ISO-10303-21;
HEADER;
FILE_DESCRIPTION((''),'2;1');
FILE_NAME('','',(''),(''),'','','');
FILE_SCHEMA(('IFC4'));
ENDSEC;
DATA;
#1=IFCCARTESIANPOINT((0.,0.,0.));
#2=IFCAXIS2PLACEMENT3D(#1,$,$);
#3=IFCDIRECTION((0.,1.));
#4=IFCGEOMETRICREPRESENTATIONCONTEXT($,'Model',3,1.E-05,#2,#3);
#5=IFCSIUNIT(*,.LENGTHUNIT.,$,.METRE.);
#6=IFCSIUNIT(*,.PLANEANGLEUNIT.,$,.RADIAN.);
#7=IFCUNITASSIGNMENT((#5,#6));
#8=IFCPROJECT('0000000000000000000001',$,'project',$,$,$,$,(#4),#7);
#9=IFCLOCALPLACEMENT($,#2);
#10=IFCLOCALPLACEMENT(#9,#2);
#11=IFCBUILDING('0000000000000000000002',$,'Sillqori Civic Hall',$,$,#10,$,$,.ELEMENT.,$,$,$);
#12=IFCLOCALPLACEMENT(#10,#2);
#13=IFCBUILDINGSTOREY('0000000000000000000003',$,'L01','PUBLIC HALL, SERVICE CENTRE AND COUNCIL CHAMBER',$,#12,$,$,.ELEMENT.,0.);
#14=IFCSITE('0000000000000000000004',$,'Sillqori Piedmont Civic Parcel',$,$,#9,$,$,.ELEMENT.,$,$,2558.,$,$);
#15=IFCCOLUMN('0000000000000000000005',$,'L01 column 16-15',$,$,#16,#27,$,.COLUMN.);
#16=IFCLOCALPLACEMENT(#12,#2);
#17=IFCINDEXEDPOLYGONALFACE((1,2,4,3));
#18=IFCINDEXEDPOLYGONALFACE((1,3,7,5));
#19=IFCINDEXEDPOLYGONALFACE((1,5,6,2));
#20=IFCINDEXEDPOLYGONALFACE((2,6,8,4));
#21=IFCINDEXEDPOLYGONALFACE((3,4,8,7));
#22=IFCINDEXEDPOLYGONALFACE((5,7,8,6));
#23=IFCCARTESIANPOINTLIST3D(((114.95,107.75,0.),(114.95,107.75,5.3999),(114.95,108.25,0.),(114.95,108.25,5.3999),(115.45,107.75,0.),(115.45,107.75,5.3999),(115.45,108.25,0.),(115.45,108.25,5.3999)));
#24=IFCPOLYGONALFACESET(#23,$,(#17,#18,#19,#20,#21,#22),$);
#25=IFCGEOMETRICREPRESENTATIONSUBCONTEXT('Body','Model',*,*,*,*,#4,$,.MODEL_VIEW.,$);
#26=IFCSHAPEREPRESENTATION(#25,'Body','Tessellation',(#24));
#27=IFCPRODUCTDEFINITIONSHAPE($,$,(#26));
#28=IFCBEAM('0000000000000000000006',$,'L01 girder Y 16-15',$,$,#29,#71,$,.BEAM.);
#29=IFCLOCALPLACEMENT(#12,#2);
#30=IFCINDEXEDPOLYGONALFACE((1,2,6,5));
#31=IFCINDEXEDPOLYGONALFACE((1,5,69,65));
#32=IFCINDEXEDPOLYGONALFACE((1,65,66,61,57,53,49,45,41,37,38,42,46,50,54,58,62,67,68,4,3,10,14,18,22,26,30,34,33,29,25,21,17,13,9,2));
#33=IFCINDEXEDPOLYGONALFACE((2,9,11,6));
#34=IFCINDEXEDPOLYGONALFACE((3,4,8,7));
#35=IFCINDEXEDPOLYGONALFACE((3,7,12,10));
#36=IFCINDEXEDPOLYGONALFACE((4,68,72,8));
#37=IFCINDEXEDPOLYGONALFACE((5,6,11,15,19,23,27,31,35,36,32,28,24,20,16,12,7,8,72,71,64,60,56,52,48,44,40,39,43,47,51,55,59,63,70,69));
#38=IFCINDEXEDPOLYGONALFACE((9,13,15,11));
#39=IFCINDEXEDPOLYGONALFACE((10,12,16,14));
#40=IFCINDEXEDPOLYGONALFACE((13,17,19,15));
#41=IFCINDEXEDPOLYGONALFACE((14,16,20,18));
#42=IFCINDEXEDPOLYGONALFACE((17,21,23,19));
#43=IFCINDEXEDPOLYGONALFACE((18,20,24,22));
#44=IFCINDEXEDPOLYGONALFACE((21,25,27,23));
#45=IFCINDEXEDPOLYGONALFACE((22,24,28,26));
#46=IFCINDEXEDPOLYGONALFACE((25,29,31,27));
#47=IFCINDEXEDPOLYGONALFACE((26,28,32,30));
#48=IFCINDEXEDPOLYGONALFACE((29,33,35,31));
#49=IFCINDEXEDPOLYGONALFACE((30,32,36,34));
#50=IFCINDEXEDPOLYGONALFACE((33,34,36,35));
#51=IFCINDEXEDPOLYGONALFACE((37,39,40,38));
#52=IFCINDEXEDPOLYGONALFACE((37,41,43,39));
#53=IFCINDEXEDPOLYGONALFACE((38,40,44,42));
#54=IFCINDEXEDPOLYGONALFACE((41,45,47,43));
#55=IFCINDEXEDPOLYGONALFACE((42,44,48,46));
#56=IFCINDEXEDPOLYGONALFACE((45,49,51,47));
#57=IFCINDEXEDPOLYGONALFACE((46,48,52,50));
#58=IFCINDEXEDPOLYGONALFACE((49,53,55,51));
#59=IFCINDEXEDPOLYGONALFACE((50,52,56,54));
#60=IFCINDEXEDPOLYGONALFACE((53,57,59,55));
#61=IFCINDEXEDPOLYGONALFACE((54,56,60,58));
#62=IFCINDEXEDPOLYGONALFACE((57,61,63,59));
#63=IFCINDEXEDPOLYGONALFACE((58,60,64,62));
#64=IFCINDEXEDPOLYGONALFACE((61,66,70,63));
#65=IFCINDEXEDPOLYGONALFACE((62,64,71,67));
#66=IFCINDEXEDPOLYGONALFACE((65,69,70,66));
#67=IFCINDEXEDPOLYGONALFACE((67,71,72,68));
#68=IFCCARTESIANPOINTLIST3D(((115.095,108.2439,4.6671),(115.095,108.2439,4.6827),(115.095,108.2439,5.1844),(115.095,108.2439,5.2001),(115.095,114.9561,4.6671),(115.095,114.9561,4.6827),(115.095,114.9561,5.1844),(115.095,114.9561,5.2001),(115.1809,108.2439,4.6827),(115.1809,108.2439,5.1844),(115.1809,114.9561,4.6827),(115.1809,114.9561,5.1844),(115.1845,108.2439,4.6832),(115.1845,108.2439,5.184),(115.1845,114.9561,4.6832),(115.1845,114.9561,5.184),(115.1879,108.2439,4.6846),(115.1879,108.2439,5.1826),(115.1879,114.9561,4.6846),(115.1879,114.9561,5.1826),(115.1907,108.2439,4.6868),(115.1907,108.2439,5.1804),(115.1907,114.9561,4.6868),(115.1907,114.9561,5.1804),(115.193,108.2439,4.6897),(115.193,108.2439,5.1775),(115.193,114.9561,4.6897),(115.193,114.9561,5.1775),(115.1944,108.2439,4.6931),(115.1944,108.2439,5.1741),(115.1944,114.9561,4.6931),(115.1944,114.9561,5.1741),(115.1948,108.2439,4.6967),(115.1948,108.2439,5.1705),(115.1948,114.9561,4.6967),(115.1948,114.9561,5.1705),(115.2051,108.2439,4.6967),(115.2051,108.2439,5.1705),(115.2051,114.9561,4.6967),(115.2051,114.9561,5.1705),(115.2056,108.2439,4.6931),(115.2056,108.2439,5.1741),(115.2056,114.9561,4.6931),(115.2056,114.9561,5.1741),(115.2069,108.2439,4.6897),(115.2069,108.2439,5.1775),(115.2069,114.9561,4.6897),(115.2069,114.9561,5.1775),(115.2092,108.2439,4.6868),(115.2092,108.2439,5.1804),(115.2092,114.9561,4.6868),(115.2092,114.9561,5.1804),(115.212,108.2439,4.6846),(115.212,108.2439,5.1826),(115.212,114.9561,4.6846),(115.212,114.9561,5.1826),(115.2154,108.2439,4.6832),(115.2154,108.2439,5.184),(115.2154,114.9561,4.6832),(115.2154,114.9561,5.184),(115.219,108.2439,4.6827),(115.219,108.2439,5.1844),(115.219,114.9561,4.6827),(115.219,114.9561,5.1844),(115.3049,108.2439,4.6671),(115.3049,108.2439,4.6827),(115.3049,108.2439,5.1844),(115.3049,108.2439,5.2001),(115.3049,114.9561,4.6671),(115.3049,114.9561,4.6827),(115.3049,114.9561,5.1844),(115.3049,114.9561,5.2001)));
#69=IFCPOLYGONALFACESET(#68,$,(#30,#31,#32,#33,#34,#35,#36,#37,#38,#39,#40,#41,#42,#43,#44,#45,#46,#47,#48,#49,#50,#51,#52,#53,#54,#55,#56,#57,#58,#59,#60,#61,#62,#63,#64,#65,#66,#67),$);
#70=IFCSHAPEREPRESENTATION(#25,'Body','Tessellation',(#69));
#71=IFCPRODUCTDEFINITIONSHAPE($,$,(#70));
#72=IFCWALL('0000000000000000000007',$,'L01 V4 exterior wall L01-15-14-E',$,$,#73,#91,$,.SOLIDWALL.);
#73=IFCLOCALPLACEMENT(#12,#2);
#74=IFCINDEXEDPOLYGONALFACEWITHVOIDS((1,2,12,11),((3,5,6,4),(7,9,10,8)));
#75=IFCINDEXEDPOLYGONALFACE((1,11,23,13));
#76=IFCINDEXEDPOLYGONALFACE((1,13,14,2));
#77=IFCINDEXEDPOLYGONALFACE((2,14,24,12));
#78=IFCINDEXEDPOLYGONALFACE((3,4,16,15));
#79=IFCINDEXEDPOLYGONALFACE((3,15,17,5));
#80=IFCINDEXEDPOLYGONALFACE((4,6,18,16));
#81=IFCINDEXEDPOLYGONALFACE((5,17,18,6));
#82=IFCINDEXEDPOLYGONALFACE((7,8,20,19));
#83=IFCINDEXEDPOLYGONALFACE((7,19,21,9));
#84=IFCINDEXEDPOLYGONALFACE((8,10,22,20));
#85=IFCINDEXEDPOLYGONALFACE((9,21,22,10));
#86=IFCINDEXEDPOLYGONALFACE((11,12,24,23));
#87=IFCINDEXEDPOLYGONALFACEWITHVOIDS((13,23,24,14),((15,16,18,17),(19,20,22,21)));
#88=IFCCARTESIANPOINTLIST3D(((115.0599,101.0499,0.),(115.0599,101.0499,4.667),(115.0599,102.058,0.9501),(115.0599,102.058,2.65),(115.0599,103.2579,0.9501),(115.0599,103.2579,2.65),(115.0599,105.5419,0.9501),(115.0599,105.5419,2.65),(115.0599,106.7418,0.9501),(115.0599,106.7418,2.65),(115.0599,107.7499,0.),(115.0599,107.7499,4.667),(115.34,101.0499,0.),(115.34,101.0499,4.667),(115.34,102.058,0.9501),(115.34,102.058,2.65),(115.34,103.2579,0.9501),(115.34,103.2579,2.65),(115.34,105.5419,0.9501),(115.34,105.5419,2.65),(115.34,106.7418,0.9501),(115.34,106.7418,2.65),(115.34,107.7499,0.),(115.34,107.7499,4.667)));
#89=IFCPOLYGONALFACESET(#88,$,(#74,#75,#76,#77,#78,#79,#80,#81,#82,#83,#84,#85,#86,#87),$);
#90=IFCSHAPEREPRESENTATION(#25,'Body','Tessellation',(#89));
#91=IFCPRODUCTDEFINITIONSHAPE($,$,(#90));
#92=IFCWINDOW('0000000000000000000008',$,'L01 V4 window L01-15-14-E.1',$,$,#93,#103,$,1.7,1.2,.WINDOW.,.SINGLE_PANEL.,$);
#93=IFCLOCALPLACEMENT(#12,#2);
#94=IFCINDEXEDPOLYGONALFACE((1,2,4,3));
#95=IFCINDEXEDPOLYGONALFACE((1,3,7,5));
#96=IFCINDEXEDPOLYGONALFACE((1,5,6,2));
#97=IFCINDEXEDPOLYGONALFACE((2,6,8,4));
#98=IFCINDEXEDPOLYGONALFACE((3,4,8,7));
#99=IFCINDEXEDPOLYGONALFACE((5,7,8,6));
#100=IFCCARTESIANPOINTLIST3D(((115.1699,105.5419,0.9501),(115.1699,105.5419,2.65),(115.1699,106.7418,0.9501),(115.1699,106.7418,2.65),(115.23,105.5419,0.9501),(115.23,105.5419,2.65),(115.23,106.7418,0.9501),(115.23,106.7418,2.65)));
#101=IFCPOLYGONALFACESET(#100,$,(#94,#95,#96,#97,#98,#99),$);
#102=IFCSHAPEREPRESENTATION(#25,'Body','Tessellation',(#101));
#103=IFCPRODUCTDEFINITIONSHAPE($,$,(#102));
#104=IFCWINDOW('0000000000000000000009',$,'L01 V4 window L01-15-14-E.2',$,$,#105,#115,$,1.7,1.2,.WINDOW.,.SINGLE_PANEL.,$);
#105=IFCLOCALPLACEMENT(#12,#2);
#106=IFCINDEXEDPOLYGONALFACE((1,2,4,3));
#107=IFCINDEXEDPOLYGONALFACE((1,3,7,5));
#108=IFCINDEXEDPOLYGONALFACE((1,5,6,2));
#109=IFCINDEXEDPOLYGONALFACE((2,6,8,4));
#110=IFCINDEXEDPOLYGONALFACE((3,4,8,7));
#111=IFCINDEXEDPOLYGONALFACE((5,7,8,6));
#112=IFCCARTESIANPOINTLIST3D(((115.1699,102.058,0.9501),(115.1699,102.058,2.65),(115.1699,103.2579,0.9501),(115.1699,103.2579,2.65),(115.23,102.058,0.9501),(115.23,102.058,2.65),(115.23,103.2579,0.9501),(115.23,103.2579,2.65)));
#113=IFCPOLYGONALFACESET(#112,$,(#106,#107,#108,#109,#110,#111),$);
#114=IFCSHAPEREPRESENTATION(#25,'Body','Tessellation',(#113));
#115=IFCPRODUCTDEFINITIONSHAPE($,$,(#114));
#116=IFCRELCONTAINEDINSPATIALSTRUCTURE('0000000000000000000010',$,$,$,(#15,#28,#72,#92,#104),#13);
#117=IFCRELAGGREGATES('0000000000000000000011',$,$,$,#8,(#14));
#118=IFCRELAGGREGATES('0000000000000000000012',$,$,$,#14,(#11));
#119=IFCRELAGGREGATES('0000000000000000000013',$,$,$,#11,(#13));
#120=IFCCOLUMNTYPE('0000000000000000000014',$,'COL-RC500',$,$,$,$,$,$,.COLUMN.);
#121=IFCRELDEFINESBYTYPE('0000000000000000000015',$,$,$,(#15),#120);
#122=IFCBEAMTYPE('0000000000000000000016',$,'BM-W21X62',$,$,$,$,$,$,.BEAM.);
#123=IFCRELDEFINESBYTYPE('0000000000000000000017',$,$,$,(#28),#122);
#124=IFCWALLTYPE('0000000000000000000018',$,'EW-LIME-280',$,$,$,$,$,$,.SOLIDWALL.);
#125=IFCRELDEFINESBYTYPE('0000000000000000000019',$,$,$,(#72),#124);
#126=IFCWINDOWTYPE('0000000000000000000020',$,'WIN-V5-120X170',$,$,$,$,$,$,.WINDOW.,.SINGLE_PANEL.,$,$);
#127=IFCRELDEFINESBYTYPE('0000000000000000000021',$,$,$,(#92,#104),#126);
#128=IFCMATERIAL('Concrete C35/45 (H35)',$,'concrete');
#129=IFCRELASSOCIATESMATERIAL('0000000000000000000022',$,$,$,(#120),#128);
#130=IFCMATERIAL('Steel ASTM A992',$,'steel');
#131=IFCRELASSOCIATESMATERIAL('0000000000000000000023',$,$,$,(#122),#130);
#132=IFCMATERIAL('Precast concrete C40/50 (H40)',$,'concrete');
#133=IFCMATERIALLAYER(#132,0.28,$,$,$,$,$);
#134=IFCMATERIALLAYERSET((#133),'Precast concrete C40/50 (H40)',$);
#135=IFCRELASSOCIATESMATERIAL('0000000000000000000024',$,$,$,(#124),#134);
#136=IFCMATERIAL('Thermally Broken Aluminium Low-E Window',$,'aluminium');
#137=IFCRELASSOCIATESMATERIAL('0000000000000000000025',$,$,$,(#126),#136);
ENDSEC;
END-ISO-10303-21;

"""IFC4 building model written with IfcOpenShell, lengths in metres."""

from ifc_helpers import new_model, si_unit, direction, frame, frame_2d, origin, origin_2d, place, context, subcontext, project, spatial, rectangle, i_section, extrude, material, layer, layer_set, material_profile, profile_set, type_object, element, fill, save


model = new_model("IFC4")

# Units and contexts
model_context = context("Model", 3, precision=1e-05, world=origin(), true_north=direction((0.0, 1.0)))
body_context = subcontext(model_context, "Body", "Model", "MODEL_VIEW")
ifc_project = project(units=[si_unit("LENGTHUNIT", "METRE"), si_unit("PLANEANGLEUNIT", "RADIAN")], contexts=[model_context])

# Site, building, storey
site_placement = place(None, origin())
site = spatial("IfcSite", under=ifc_project, at=site_placement, Name="Sillqori Piedmont Civic Parcel", CompositionType="ELEMENT", RefElevation=2558.0)
building_placement = place(site_placement, origin())
building = spatial("IfcBuilding", under=site, at=building_placement, Name="Sillqori Civic Hall", CompositionType="ELEMENT")
storey_placement = place(building_placement, origin())
storey = spatial("IfcBuildingStorey", under=building, at=storey_placement, Name="L01", Description="PUBLIC HALL, SERVICE CENTRE AND COUNCIL CHAMBER", CompositionType="ELEMENT", Elevation=0.0)

# Column
ifc_material_1 = material(Name="Concrete C35/45 (H35)", Category="concrete")
ifc_material_profile_1 = material_profile(ifc_material_1, rectangle(XDim=0.5, YDim=0.5, at=origin_2d()), Name="RC 500x500")
ifc_profile_set_1 = profile_set([ifc_material_profile_1], Name="Concrete C35/45 (H35)")
column_type = type_object("IfcColumnType", Name="COL-RC500", PredefinedType="COLUMN", material=ifc_profile_set_1)
column_placement = place(storey_placement, frame((115.2, 108.0, 0.0), z_axis=(0.0, 0.0, 1.0), x_axis=(1.0, 0.0, 0.0)))
element("IfcColumn", 1, at=column_placement, inside=storey, type_object=column_type, Name="L01 column 16-15", PredefinedType="COLUMN", context=body_context, shape_type="SweptSolid", body=[
    extrude(rectangle(XDim=0.5, YDim=0.5, at=origin_2d()), origin(), (0.0, 0.0, 1.0), 5.3999),
])

# Beam
ifc_material_2 = material(Name="Steel ASTM A992", Category="steel")
ifc_material_profile_2 = material_profile(ifc_material_2, i_section(OverallWidth=0.21, OverallDepth=0.533, WebThickness=0.0103, FlangeThickness=0.0156, FilletRadius=0.0139, at=origin_2d()), Name="W21X62")
ifc_profile_set_2 = profile_set([ifc_material_profile_2], Name="Steel ASTM A992")
beam_type = type_object("IfcBeamType", Name="BM-W21X62", PredefinedType="BEAM", material=ifc_profile_set_2)
beam_placement = place(storey_placement, frame((115.2, 108.2439, 4.9336), z_axis=(0.0, 1.0, 0.0), x_axis=(-1.0, 0.0, 0.0)))
element("IfcBeam", 2, at=beam_placement, inside=storey, type_object=beam_type, Name="L01 girder Y 16-15", PredefinedType="BEAM", context=body_context, shape_type="SweptSolid", body=[
    extrude(i_section(OverallWidth=0.21, OverallDepth=0.533, WebThickness=0.0103, FlangeThickness=0.0156, FilletRadius=0.0139, at=origin_2d()), origin(), (0.0, 0.0, 1.0), 6.7122),
])

# Wall, openings, windows
ifc_material_3 = material(Name="Precast concrete C40/50 (H40)", Category="concrete")
ifc_layer_1 = layer(ifc_material_3, 0.28)
ifc_layer_set_1 = layer_set([ifc_layer_1], Name="Precast concrete C40/50 (H40)")
wall_type = type_object("IfcWallType", Name="EW-LIME-280", PredefinedType="SOLIDWALL", material=ifc_layer_set_1)
wall_placement = place(storey_placement, frame((115.2, 107.75, 0.0), z_axis=(0.0, 0.0, 1.0), x_axis=(0.0, -1.0, 0.0)))
wall = element("IfcWall", 3, at=wall_placement, inside=storey, type_object=wall_type, Name="L01 V4 exterior wall L01-15-14-E", PredefinedType="SOLIDWALL", context=body_context, shape_type="SweptSolid", body=[
    extrude(rectangle(XDim=6.7, YDim=0.28, at=frame_2d((3.3501, 0.0))), origin(), (0.0, 0.0, 1.0), 4.667),
])
opening_1_placement = place(wall_placement, frame((1.0081, 0.0, 0.95)))
opening_1 = element("IfcOpeningElement", 4, at=opening_1_placement, cuts=wall, PredefinedType="OPENING", context=body_context, shape_type="SweptSolid", body=[
    extrude(rectangle(XDim=1.2, YDim=1.7, at=frame_2d((0.6001, 0.8501))), frame((0.0, 0.1499, 0.0), z_axis=(0.0, -1.0, 0.0), x_axis=(1.0, 0.0, 0.0)), (0.0, 0.0, 1.0), 0.3),
])
opening_2_placement = place(wall_placement, frame((4.4919, 0.0, 0.95)))
opening_2 = element("IfcOpeningElement", 5, at=opening_2_placement, cuts=wall, PredefinedType="OPENING", context=body_context, shape_type="SweptSolid", body=[
    extrude(rectangle(XDim=1.2, YDim=1.7, at=frame_2d((0.6001, 0.8501))), frame((0.0, 0.1499, 0.0), z_axis=(0.0, -1.0, 0.0), x_axis=(1.0, 0.0, 0.0)), (0.0, 0.0, 1.0), 0.3),
])
ifc_material_4 = material(Name="Thermally Broken Aluminium Low-E Window", Category="aluminium")
window_type = type_object("IfcWindowType", Name="WIN-V5-120X170", PartitioningType="SINGLE_PANEL", PredefinedType="WINDOW", material=ifc_material_4)
window_1_placement = place(opening_1_placement, origin())
window_1 = element("IfcWindow", 6, at=window_1_placement, inside=storey, type_object=window_type, Name="L01 V4 window L01-15-14-E.1", OverallHeight=1.7, OverallWidth=1.2, PartitioningType="SINGLE_PANEL", PredefinedType="WINDOW", context=body_context, shape_type="SweptSolid", body=[
    extrude(rectangle(XDim=1.2, YDim=1.7, at=frame_2d((0.6001, 0.8501))), frame((0.0, 0.03, 0.0), z_axis=(0.0, -1.0, 0.0), x_axis=(1.0, 0.0, 0.0)), (0.0, 0.0, 1.0), 0.0601),
])
fill(opening_1, window_1)
window_2_placement = place(opening_2_placement, origin())
window_2 = element("IfcWindow", 7, at=window_2_placement, inside=storey, type_object=window_type, Name="L01 V4 window L01-15-14-E.2", OverallHeight=1.7, OverallWidth=1.2, PartitioningType="SINGLE_PANEL", PredefinedType="WINDOW", context=body_context, shape_type="SweptSolid", body=[
    extrude(rectangle(XDim=1.2, YDim=1.7, at=frame_2d((0.6001, 0.8501))), frame((0.0, 0.03, 0.0), z_axis=(0.0, -1.0, 0.0), x_axis=(1.0, 0.0, 0.0)), (0.0, 0.0, 1.0), 0.0601),
])
fill(opening_2, window_2)

save(model, "model.ifc")
